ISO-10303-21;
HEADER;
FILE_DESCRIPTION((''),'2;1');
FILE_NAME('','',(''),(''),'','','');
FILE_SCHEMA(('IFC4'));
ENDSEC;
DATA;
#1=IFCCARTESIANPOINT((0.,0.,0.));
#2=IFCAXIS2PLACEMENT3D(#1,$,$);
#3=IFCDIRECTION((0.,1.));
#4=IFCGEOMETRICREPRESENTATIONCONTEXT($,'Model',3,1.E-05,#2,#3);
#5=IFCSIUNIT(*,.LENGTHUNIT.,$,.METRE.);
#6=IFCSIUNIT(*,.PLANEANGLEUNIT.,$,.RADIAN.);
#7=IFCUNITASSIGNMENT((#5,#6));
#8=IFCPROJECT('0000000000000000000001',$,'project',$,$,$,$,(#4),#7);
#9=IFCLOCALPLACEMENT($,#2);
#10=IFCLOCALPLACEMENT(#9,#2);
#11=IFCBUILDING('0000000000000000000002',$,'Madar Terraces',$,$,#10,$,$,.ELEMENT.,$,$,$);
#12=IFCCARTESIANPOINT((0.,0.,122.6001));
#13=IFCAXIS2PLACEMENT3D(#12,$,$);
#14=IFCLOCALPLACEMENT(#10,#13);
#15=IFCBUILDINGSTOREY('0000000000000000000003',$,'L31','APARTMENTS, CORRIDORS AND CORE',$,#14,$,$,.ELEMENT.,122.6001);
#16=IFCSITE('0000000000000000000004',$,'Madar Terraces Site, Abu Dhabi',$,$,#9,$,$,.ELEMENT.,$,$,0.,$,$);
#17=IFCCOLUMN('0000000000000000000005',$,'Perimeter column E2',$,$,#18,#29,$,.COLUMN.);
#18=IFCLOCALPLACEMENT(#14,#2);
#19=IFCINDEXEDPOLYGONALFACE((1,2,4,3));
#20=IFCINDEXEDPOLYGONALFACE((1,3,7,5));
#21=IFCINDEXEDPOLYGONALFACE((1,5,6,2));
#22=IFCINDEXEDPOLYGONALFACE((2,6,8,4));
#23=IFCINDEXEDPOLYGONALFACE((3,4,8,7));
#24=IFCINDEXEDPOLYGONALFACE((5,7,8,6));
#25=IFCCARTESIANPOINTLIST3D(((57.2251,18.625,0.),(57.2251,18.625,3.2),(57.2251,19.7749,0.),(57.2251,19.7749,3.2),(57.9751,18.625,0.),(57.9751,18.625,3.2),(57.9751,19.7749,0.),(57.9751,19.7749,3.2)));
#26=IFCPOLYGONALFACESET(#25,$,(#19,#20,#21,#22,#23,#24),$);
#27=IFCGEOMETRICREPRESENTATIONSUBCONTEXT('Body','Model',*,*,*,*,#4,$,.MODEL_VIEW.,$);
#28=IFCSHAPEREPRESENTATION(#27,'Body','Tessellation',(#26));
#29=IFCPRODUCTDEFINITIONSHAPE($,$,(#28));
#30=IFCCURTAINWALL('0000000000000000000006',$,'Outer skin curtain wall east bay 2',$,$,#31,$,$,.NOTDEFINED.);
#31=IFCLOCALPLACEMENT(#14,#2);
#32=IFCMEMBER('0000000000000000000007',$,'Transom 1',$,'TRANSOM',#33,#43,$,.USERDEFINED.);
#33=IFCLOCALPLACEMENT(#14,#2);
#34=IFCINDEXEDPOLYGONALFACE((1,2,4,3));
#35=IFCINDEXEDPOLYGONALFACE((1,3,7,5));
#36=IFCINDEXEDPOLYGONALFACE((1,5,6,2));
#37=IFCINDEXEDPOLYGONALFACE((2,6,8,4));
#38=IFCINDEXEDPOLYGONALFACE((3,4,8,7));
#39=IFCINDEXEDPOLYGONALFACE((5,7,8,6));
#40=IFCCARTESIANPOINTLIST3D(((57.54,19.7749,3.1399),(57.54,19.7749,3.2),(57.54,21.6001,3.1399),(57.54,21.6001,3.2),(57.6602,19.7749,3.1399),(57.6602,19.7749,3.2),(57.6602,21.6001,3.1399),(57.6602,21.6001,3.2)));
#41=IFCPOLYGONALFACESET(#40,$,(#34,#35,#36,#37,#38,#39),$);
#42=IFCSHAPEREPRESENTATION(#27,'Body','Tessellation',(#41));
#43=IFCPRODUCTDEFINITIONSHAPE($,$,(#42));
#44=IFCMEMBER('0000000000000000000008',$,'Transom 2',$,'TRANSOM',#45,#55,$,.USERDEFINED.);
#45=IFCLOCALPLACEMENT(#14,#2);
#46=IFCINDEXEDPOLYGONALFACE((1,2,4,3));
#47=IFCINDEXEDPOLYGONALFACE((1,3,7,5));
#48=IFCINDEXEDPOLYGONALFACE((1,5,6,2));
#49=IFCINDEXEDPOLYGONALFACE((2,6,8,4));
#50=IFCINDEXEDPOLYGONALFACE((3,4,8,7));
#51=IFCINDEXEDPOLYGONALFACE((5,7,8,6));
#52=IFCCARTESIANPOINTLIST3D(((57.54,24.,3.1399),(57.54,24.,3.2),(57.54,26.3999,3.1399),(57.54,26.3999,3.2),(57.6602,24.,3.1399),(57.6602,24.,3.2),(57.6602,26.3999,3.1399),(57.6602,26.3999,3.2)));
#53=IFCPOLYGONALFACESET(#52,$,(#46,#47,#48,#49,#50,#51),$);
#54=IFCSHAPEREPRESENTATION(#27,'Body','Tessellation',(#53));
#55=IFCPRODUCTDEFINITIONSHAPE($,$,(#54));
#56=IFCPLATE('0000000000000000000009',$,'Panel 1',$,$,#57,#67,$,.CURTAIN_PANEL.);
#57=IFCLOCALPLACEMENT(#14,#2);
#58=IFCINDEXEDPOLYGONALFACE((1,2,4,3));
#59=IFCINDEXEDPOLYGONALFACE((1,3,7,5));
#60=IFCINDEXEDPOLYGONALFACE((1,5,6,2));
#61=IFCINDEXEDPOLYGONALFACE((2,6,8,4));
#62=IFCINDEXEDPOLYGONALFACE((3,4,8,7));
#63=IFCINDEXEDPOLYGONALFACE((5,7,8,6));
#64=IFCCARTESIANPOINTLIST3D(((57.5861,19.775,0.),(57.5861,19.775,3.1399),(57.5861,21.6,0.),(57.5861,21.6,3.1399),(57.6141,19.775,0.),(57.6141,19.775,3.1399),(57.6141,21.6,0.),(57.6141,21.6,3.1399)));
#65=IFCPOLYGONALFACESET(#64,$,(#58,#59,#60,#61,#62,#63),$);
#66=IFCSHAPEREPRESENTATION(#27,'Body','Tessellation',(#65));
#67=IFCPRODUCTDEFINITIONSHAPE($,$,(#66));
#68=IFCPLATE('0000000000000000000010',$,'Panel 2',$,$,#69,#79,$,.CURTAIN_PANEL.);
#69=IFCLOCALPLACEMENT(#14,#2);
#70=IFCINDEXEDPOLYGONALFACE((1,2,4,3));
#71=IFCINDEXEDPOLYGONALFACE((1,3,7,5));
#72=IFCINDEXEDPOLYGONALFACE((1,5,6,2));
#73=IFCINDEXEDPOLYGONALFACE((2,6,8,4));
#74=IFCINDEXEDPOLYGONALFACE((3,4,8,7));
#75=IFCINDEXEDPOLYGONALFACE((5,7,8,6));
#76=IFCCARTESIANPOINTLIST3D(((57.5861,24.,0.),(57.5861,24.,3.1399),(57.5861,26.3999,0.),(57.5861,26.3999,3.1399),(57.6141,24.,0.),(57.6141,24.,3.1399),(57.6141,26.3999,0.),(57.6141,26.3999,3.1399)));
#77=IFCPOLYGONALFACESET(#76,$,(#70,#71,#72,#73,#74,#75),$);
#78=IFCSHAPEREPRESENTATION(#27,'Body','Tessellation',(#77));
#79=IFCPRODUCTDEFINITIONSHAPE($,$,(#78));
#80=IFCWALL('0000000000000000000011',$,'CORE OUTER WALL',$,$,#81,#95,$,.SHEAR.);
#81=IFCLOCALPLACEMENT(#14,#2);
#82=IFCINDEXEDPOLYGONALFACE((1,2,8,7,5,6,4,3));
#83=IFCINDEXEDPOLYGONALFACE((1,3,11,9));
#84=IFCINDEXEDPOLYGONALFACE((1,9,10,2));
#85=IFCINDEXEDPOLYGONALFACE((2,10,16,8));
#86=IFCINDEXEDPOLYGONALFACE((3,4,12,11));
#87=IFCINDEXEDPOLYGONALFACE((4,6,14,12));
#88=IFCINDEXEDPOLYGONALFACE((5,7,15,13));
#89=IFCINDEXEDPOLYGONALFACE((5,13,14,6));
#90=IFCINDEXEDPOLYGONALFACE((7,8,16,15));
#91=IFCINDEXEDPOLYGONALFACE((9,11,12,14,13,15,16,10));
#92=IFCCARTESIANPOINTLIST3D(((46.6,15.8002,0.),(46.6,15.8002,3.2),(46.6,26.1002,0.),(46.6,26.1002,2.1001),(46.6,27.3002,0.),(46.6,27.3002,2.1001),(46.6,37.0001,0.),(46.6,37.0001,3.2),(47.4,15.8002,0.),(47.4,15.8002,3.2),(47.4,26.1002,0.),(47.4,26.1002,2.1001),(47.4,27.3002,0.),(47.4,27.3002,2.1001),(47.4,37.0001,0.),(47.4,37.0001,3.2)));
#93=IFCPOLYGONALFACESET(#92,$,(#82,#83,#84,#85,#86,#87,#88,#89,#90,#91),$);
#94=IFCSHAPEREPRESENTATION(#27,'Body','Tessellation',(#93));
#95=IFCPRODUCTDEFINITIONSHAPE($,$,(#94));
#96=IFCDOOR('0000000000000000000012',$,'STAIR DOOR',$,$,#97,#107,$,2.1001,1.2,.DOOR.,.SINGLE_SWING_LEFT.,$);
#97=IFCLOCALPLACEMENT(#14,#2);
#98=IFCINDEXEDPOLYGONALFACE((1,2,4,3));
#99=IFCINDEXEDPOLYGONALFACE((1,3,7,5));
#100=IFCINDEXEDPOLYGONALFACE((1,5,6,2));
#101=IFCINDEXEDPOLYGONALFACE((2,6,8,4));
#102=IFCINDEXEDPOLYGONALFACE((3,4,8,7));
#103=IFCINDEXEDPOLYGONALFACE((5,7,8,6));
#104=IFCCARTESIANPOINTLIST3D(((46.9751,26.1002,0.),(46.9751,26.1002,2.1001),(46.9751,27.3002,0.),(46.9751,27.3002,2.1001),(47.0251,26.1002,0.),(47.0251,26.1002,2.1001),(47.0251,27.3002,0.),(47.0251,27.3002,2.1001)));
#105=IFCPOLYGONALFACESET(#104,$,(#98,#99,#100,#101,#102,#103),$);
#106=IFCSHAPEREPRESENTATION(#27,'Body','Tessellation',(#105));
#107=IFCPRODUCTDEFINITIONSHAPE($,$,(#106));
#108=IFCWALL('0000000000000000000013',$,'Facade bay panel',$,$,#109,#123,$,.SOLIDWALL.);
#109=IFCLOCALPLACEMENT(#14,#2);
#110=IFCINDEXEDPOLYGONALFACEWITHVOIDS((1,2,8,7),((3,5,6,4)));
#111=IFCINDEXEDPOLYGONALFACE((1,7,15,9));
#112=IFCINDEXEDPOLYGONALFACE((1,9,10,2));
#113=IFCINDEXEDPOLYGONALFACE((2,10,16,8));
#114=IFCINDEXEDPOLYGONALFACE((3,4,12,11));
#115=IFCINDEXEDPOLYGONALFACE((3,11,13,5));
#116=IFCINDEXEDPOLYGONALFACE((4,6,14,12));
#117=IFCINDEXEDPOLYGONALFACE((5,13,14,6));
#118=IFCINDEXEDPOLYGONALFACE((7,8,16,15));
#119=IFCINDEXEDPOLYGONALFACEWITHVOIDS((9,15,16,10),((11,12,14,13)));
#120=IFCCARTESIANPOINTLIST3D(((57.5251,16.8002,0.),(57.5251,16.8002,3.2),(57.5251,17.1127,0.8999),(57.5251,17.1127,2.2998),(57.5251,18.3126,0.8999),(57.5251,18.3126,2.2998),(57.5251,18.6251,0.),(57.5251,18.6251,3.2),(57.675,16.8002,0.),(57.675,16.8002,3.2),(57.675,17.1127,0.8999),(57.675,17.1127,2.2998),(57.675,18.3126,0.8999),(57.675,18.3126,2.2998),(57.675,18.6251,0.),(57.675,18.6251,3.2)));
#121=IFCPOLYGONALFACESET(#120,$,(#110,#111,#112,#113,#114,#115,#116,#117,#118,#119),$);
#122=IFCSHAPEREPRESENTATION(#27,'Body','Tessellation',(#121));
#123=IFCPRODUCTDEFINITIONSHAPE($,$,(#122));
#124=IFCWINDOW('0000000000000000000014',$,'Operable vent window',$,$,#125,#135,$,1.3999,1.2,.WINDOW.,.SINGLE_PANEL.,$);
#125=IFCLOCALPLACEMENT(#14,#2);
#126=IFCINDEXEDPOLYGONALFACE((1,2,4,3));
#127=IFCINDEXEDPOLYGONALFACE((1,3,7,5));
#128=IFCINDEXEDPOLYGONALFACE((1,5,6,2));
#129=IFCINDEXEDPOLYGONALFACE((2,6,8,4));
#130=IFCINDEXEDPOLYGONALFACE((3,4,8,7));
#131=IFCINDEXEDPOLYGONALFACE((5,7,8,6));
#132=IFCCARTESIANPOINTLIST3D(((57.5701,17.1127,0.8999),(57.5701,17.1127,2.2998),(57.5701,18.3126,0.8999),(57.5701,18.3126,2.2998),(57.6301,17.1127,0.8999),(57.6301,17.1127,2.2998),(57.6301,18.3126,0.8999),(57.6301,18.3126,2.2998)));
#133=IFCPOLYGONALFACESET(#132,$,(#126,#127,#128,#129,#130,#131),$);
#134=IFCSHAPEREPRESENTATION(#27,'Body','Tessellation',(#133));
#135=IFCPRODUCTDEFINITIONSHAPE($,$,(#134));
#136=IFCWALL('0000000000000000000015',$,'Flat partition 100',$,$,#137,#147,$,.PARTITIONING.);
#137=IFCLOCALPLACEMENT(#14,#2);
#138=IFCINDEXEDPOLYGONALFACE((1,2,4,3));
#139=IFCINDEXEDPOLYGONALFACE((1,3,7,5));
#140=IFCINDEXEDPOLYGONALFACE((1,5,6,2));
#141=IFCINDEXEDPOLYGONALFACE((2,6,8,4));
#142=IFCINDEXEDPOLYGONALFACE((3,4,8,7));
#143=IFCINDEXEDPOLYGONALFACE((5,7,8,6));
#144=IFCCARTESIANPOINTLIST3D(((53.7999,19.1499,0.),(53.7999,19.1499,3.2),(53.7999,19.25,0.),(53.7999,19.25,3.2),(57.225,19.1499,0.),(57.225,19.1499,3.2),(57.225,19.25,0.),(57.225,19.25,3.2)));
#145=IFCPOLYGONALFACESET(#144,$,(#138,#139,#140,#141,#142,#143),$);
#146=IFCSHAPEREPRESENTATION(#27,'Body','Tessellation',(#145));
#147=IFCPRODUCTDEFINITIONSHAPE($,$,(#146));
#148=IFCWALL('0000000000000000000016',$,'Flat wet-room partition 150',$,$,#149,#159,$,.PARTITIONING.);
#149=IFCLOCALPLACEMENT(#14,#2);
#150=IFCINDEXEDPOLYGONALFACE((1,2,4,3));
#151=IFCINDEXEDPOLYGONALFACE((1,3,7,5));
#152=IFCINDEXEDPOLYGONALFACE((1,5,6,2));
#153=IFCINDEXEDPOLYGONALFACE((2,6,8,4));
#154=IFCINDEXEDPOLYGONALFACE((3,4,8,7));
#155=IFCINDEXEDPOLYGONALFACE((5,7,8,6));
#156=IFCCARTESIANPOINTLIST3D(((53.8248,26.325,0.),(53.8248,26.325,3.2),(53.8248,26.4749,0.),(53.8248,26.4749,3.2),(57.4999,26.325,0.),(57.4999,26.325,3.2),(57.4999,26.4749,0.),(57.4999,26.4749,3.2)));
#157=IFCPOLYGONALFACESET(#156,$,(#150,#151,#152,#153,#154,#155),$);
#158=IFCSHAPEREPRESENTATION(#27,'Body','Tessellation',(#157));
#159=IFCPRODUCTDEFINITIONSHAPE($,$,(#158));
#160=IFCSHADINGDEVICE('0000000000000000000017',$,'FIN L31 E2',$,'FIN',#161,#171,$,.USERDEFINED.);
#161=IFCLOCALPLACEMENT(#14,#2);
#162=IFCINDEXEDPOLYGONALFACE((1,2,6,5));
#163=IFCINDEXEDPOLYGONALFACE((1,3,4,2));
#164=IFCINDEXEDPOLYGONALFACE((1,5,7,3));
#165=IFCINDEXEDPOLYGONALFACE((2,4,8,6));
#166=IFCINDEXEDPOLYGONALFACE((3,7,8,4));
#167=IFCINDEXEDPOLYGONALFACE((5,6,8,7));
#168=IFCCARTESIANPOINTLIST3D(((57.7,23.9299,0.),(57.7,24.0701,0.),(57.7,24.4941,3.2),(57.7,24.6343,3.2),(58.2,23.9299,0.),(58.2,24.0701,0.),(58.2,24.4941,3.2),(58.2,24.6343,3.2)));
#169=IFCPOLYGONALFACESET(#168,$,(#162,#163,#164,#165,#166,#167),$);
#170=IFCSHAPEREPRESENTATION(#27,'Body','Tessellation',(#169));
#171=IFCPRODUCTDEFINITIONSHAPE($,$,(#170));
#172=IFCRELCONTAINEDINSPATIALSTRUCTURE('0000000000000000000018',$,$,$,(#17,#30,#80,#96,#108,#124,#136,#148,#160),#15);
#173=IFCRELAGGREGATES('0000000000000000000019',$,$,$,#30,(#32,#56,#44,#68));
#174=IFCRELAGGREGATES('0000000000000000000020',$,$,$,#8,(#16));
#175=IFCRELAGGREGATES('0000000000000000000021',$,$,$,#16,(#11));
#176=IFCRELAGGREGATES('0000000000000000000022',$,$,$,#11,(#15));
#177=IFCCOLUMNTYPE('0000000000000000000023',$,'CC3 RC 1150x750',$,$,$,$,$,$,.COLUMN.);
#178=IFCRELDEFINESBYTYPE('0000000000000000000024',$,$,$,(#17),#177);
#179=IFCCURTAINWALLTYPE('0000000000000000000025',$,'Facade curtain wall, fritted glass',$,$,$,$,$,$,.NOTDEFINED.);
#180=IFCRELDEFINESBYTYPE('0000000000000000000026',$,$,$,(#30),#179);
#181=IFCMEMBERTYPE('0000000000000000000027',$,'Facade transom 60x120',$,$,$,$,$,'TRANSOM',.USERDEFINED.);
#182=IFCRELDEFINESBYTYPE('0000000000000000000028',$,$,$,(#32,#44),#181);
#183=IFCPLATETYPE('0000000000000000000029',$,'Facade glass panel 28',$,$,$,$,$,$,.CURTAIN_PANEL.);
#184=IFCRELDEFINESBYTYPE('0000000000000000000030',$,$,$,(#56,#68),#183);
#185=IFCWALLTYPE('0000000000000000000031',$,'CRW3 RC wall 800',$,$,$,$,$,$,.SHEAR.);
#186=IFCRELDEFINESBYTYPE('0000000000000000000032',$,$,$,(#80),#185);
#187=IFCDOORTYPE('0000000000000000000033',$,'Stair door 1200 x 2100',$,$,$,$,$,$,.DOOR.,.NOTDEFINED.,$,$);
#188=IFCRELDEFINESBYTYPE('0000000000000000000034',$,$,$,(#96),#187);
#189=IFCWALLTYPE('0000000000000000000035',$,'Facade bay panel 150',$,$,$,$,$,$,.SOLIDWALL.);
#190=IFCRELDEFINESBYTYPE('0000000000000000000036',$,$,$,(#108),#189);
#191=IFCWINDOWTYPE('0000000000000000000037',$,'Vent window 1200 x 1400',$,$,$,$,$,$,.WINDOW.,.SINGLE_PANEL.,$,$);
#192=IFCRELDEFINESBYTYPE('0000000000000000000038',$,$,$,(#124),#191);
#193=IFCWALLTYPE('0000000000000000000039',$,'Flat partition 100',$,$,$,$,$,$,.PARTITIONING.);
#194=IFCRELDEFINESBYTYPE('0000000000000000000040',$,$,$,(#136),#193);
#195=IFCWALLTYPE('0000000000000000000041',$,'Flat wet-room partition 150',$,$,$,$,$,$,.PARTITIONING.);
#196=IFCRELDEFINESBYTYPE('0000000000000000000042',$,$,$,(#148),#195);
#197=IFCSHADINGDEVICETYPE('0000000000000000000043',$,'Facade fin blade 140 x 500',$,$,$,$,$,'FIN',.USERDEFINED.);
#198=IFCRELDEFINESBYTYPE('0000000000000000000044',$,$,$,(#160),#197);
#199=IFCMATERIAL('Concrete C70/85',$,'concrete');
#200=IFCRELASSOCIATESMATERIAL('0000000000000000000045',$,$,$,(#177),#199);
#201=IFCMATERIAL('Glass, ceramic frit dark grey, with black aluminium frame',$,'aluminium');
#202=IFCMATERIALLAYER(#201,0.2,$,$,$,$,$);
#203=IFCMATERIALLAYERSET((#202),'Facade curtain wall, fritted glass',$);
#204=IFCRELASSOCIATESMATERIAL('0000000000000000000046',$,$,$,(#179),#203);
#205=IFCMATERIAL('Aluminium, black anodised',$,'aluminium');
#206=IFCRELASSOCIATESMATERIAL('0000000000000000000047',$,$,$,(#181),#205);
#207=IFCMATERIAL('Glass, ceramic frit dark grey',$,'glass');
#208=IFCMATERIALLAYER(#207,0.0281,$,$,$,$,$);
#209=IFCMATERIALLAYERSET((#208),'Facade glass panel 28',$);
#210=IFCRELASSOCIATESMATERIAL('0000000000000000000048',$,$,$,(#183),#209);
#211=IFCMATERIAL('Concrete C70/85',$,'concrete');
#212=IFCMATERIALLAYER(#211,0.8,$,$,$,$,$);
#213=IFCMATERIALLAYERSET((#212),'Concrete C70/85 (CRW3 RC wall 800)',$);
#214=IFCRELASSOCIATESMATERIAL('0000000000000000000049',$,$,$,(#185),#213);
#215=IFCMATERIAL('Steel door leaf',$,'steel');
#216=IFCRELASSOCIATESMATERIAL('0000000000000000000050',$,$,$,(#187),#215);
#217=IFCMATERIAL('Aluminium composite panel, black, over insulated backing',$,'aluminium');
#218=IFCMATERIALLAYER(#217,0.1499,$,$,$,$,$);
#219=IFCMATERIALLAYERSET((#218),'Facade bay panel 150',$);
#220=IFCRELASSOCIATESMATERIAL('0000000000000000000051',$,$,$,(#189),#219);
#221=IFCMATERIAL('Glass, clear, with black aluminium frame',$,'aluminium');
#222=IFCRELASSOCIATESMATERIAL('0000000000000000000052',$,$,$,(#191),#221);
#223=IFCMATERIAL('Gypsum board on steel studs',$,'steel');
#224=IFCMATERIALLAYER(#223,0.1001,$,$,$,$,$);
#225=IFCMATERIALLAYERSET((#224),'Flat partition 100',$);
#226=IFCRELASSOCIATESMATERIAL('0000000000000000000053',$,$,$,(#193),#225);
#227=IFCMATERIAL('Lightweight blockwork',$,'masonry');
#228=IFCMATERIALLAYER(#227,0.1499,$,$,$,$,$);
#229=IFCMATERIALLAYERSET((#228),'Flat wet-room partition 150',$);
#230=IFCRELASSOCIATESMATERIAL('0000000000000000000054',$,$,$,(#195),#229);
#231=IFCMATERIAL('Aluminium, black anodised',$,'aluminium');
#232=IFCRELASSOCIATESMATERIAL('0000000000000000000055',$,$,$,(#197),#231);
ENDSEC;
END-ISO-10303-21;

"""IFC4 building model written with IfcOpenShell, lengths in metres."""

from ifc_helpers import new_model, si_unit, direction, frame, frame_2d, origin, origin_2d, place, context, subcontext, project, spatial, polyline, rectangle, outline, extrude, material, layer, layer_set, material_profile, profile_set, type_object, element, fill, aggregate, save


model = new_model("IFC4")

# Units and contexts
model_context = context("Model", 3, precision=1e-05, world=origin(), true_north=direction((0.0, 1.0)))
body_context = subcontext(model_context, "Body", "Model", "MODEL_VIEW")
ifc_project = project(units=[si_unit("LENGTHUNIT", "METRE"), si_unit("PLANEANGLEUNIT", "RADIAN")], contexts=[model_context])

# Site, building, storey
site_placement = place(None, origin())
site = spatial("IfcSite", under=ifc_project, at=site_placement, Name="Madar Terraces Site, Abu Dhabi", CompositionType="ELEMENT", RefElevation=0.0)
building_placement = place(site_placement, origin())
building = spatial("IfcBuilding", under=site, at=building_placement, Name="Madar Terraces", CompositionType="ELEMENT")
storey_placement = place(building_placement, frame((0.0, 0.0, 122.6001)))
storey = spatial("IfcBuildingStorey", under=building, at=storey_placement, Name="L31", Description="APARTMENTS, CORRIDORS AND CORE", CompositionType="ELEMENT", Elevation=122.6001)

# Column
ifc_material_1 = material(Name="Concrete C70/85", Category="concrete")
ifc_material_profile_1 = material_profile(ifc_material_1, rectangle(XDim=1.1499, YDim=0.75, at=origin_2d()), Name="CC3 RC 1150x750")
ifc_profile_set_1 = profile_set([ifc_material_profile_1], Name="Concrete C70/85")
column_type = type_object("IfcColumnType", Name="CC3 RC 1150x750", PredefinedType="COLUMN", material=ifc_profile_set_1)
column_placement = place(storey_placement, frame((57.6001, 19.2, 0.0), z_axis=(0.0, 0.0, 1.0), x_axis=(0.0, 1.0, 0.0)))
element("IfcColumn", 1, at=column_placement, inside=storey, type_object=column_type, Name="Perimeter column E2", PredefinedType="COLUMN", context=body_context, shape_type="SweptSolid", body=[
    extrude(rectangle(XDim=1.1499, YDim=0.75, at=origin_2d()), origin(), (0.0, 0.0, 1.0), 3.2),
])

# Curtain wall, members, plates
ifc_material_2 = material(Name="Glass, ceramic frit dark grey, with black aluminium frame", Category="aluminium")
ifc_layer_1 = layer(ifc_material_2, 0.2)
ifc_layer_set_1 = layer_set([ifc_layer_1], Name="Facade curtain wall, fritted glass")
curtain_wall_type = type_object("IfcCurtainWallType", Name="Facade curtain wall, fritted glass", PredefinedType="NOTDEFINED", material=ifc_layer_set_1)
curtain_wall_placement = place(storey_placement, origin())
curtain_wall = element("IfcCurtainWall", 2, at=curtain_wall_placement, inside=storey, type_object=curtain_wall_type, Name="Outer skin curtain wall east bay 2", PredefinedType="NOTDEFINED")
ifc_material_3 = material(Name="Aluminium, black anodised", Category="aluminium")
ifc_material_profile_2 = material_profile(ifc_material_3, rectangle(XDim=0.1201, YDim=0.0601, at=origin_2d()), Name="Facade transom 60x120")
ifc_profile_set_2 = profile_set([ifc_material_profile_2], Name="Aluminium, black anodised")
member_type = type_object("IfcMemberType", Name="Facade transom 60x120", ElementType="TRANSOM", PredefinedType="USERDEFINED", material=ifc_profile_set_2)
member_1_placement = place(storey_placement, frame((57.6001, 19.7749, 3.1699), z_axis=(0.0, 1.0, 0.0), x_axis=(-1.0, 0.0, 0.0)))
member_1 = element("IfcMember", 3, at=member_1_placement, type_object=member_type, Name="Transom 1", ObjectType="TRANSOM", PredefinedType="USERDEFINED", context=body_context, shape_type="SweptSolid", body=[
    extrude(rectangle(XDim=0.1201, YDim=0.0601, at=origin_2d()), origin(), (0.0, 0.0, 1.0), 1.8252),
])
member_2_placement = place(storey_placement, frame((57.6001, 24.0, 3.1699), z_axis=(0.0, 1.0, 0.0), x_axis=(-1.0, 0.0, 0.0)))
member_2 = element("IfcMember", 4, at=member_2_placement, type_object=member_type, Name="Transom 2", ObjectType="TRANSOM", PredefinedType="USERDEFINED", context=body_context, shape_type="SweptSolid", body=[
    extrude(rectangle(XDim=0.1201, YDim=0.0601, at=origin_2d()), origin(), (0.0, 0.0, 1.0), 2.3999),
])
ifc_material_4 = material(Name="Glass, ceramic frit dark grey", Category="glass")
ifc_layer_2 = layer(ifc_material_4, 0.0281)
ifc_layer_set_2 = layer_set([ifc_layer_2], Name="Facade glass panel 28")
plate_type = type_object("IfcPlateType", Name="Facade glass panel 28", PredefinedType="CURTAIN_PANEL", material=ifc_layer_set_2)
plate_1_placement = place(storey_placement, frame((57.6001, 20.6875, 0.0), z_axis=(0.0, 0.0, 1.0), x_axis=(0.0, 1.0, 0.0)))
plate_1 = element("IfcPlate", 5, at=plate_1_placement, type_object=plate_type, Name="Panel 1", PredefinedType="CURTAIN_PANEL", context=body_context, shape_type="SweptSolid", body=[
    extrude(rectangle(XDim=1.825, YDim=0.0281, at=origin_2d()), origin(), (0.0, 0.0, 1.0), 3.1399),
])
plate_2_placement = place(storey_placement, frame((57.6001, 25.2, 0.0), z_axis=(0.0, 0.0, 1.0), x_axis=(0.0, 1.0, 0.0)))
plate_2 = element("IfcPlate", 6, at=plate_2_placement, type_object=plate_type, Name="Panel 2", PredefinedType="CURTAIN_PANEL", context=body_context, shape_type="SweptSolid", body=[
    extrude(rectangle(XDim=2.3999, YDim=0.0281, at=origin_2d()), origin(), (0.0, 0.0, 1.0), 3.1399),
])
aggregate(curtain_wall, [member_1, plate_1, member_2, plate_2])

# Wall, opening, door
ifc_material_5 = material(Name="Concrete C70/85", Category="concrete")
ifc_layer_3 = layer(ifc_material_5, 0.8)
ifc_layer_set_3 = layer_set([ifc_layer_3], Name="Concrete C70/85 (CRW3 RC wall 800)")
wall_type_1 = type_object("IfcWallType", Name="CRW3 RC wall 800", PredefinedType="SHEAR", material=ifc_layer_set_3)
wall_1_placement = place(storey_placement, frame((47.0, 15.8, 0.0), z_axis=(0.0, 0.0, 1.0), x_axis=(0.0, 1.0, 0.0)))
wall_1 = element("IfcWall", 7, at=wall_1_placement, inside=storey, type_object=wall_type_1, Name="CORE OUTER WALL", PredefinedType="SHEAR", context=body_context, shape_type="SweptSolid", body=[
    extrude(rectangle(XDim=21.2, YDim=0.8, at=frame_2d((10.6001, 0.0))), origin(), (0.0, 0.0, 1.0), 3.2),
])
opening_1_placement = place(wall_1_placement, frame((10.3, 0.0, 0.0)))
opening_1 = element("IfcOpeningElement", 8, at=opening_1_placement, cuts=wall_1, PredefinedType="OPENING", context=body_context, shape_type="SweptSolid", body=[
    extrude(rectangle(XDim=1.2, YDim=2.1001, at=frame_2d((0.6001, 1.05))), frame((0.0, 0.4099, 0.0), z_axis=(0.0, -1.0, 0.0), x_axis=(1.0, 0.0, 0.0)), (0.0, 0.0, 1.0), 0.8201),
])
ifc_material_6 = material(Name="Steel door leaf", Category="steel")
door_type_1 = type_object("IfcDoorType", Name="Stair door 1200 x 2100", OperationType="NOTDEFINED", PredefinedType="DOOR", material=ifc_material_6)
door_1_placement = place(opening_1_placement, origin())
door_1 = element("IfcDoor", 9, at=door_1_placement, inside=storey, type_object=door_type_1, Name="STAIR DOOR", OperationType="SINGLE_SWING_LEFT", OverallHeight=2.1001, OverallWidth=1.2, PredefinedType="DOOR", context=body_context, shape_type="SweptSolid", body=[
    extrude(rectangle(XDim=1.2, YDim=2.1001, at=frame_2d((0.6001, 1.05))), frame((0.0, 0.0249, 0.0), z_axis=(0.0, -1.0, 0.0), x_axis=(1.0, 0.0, 0.0)), (0.0, 0.0, 1.0), 0.05),
])
fill(opening_1, door_1)

# Wall, opening, window
ifc_material_7 = material(Name="Aluminium composite panel, black, over insulated backing", Category="aluminium")
ifc_layer_4 = layer(ifc_material_7, 0.1499)
ifc_layer_set_4 = layer_set([ifc_layer_4], Name="Facade bay panel 150")
wall_type_2 = type_object("IfcWallType", Name="Facade bay panel 150", PredefinedType="SOLIDWALL", material=ifc_layer_set_4)
wall_2_placement = place(storey_placement, frame((57.6001, 16.8, 0.0), z_axis=(0.0, 0.0, 1.0), x_axis=(0.0, 1.0, 0.0)))
wall_2 = element("IfcWall", 10, at=wall_2_placement, inside=storey, type_object=wall_type_2, Name="Facade bay panel", PredefinedType="SOLIDWALL", context=body_context, shape_type="SweptSolid", body=[
    extrude(rectangle(XDim=1.825, YDim=0.1499, at=frame_2d((0.9126, 0.0))), origin(), (0.0, 0.0, 1.0), 3.2),
])
opening_2_placement = place(wall_2_placement, frame((0.3125, 0.0, 0.8999)))
opening_2 = element("IfcOpeningElement", 11, at=opening_2_placement, cuts=wall_2, PredefinedType="OPENING", context=body_context, shape_type="SweptSolid", body=[
    extrude(rectangle(XDim=1.2, YDim=1.3999, at=frame_2d((0.6001, 0.7))), frame((0.0, 0.085, 0.0), z_axis=(0.0, -1.0, 0.0), x_axis=(1.0, 0.0, 0.0)), (0.0, 0.0, 1.0), 0.1699),
])
ifc_material_8 = material(Name="Glass, clear, with black aluminium frame", Category="aluminium")
window_type = type_object("IfcWindowType", Name="Vent window 1200 x 1400", PartitioningType="SINGLE_PANEL", PredefinedType="WINDOW", material=ifc_material_8)
window_placement = place(opening_2_placement, origin())
window = element("IfcWindow", 12, at=window_placement, inside=storey, type_object=window_type, Name="Operable vent window", OverallHeight=1.3999, OverallWidth=1.2, PartitioningType="SINGLE_PANEL", PredefinedType="WINDOW", context=body_context, shape_type="SweptSolid", body=[
    extrude(rectangle(XDim=1.2, YDim=1.3999, at=frame_2d((0.6001, 0.7))), frame((0.0, 0.03, 0.0), z_axis=(0.0, -1.0, 0.0), x_axis=(1.0, 0.0, 0.0)), (0.0, 0.0, 1.0), 0.0601),
])
fill(opening_2, window)

# Walls
ifc_material_9 = material(Name="Gypsum board on steel studs", Category="steel")
ifc_layer_5 = layer(ifc_material_9, 0.1001)
ifc_layer_set_5 = layer_set([ifc_layer_5], Name="Flat partition 100")
wall_type_3 = type_object("IfcWallType", Name="Flat partition 100", PredefinedType="PARTITIONING", material=ifc_layer_set_5)
wall_3_placement = place(storey_placement, frame((53.8, 19.2, 0.0), z_axis=(0.0, 0.0, 1.0), x_axis=(1.0, 0.0, 0.0)))
element("IfcWall", 13, at=wall_3_placement, inside=storey, type_object=wall_type_3, Name="Flat partition 100", PredefinedType="PARTITIONING", context=body_context, shape_type="SweptSolid", body=[
    extrude(rectangle(XDim=3.425, YDim=0.1001, at=frame_2d((1.7124, 0.0))), origin(), (0.0, 0.0, 1.0), 3.2),
])
ifc_material_10 = material(Name="Lightweight blockwork", Category="masonry")
ifc_layer_6 = layer(ifc_material_10, 0.1499)
ifc_layer_set_6 = layer_set([ifc_layer_6], Name="Flat wet-room partition 150")
wall_type_4 = type_object("IfcWallType", Name="Flat wet-room partition 150", PredefinedType="PARTITIONING", material=ifc_layer_set_6)
wall_4_placement = place(storey_placement, frame((53.825, 26.3999, 0.0), z_axis=(0.0, 0.0, 1.0), x_axis=(1.0, 0.0, 0.0)))
element("IfcWall", 14, at=wall_4_placement, inside=storey, type_object=wall_type_4, Name="Flat wet-room partition 150", PredefinedType="PARTITIONING", context=body_context, shape_type="SweptSolid", body=[
    extrude(rectangle(XDim=3.675, YDim=0.1499, at=frame_2d((1.8374, 0.0))), origin(), (0.0, 0.0, 1.0), 3.2),
])

# Shading device
ifc_material_11 = material(Name="Aluminium, black anodised", Category="aluminium")
shading_device_type = type_object("IfcShadingDeviceType", Name="Facade fin blade 140 x 500", ElementType="FIN", PredefinedType="USERDEFINED", material=ifc_material_11)
shading_device_placement = place(storey_placement, frame((57.95, 23.9299, 0.0), z_axis=(0.0, 0.0, 1.0), x_axis=(0.0, 1.0, 0.0)))
element("IfcShadingDevice", 15, at=shading_device_placement, inside=storey, type_object=shading_device_type, Name="FIN L31 E2", ObjectType="FIN", PredefinedType="USERDEFINED", context=body_context, shape_type="SweptSolid", body=[
    extrude(outline(polyline([(0.0, 0.0), (0.1401, 0.0), (0.7043, 3.2), (0.5642, 3.2), (0.0, 0.0)])), frame((0.0, 0.25, 0.0), z_axis=(0.0, -1.0, 0.0), x_axis=(1.0, 0.0, 0.0)), (0.0, 0.0, 1.0), 0.5),
])

save(model, "model.ifc")
